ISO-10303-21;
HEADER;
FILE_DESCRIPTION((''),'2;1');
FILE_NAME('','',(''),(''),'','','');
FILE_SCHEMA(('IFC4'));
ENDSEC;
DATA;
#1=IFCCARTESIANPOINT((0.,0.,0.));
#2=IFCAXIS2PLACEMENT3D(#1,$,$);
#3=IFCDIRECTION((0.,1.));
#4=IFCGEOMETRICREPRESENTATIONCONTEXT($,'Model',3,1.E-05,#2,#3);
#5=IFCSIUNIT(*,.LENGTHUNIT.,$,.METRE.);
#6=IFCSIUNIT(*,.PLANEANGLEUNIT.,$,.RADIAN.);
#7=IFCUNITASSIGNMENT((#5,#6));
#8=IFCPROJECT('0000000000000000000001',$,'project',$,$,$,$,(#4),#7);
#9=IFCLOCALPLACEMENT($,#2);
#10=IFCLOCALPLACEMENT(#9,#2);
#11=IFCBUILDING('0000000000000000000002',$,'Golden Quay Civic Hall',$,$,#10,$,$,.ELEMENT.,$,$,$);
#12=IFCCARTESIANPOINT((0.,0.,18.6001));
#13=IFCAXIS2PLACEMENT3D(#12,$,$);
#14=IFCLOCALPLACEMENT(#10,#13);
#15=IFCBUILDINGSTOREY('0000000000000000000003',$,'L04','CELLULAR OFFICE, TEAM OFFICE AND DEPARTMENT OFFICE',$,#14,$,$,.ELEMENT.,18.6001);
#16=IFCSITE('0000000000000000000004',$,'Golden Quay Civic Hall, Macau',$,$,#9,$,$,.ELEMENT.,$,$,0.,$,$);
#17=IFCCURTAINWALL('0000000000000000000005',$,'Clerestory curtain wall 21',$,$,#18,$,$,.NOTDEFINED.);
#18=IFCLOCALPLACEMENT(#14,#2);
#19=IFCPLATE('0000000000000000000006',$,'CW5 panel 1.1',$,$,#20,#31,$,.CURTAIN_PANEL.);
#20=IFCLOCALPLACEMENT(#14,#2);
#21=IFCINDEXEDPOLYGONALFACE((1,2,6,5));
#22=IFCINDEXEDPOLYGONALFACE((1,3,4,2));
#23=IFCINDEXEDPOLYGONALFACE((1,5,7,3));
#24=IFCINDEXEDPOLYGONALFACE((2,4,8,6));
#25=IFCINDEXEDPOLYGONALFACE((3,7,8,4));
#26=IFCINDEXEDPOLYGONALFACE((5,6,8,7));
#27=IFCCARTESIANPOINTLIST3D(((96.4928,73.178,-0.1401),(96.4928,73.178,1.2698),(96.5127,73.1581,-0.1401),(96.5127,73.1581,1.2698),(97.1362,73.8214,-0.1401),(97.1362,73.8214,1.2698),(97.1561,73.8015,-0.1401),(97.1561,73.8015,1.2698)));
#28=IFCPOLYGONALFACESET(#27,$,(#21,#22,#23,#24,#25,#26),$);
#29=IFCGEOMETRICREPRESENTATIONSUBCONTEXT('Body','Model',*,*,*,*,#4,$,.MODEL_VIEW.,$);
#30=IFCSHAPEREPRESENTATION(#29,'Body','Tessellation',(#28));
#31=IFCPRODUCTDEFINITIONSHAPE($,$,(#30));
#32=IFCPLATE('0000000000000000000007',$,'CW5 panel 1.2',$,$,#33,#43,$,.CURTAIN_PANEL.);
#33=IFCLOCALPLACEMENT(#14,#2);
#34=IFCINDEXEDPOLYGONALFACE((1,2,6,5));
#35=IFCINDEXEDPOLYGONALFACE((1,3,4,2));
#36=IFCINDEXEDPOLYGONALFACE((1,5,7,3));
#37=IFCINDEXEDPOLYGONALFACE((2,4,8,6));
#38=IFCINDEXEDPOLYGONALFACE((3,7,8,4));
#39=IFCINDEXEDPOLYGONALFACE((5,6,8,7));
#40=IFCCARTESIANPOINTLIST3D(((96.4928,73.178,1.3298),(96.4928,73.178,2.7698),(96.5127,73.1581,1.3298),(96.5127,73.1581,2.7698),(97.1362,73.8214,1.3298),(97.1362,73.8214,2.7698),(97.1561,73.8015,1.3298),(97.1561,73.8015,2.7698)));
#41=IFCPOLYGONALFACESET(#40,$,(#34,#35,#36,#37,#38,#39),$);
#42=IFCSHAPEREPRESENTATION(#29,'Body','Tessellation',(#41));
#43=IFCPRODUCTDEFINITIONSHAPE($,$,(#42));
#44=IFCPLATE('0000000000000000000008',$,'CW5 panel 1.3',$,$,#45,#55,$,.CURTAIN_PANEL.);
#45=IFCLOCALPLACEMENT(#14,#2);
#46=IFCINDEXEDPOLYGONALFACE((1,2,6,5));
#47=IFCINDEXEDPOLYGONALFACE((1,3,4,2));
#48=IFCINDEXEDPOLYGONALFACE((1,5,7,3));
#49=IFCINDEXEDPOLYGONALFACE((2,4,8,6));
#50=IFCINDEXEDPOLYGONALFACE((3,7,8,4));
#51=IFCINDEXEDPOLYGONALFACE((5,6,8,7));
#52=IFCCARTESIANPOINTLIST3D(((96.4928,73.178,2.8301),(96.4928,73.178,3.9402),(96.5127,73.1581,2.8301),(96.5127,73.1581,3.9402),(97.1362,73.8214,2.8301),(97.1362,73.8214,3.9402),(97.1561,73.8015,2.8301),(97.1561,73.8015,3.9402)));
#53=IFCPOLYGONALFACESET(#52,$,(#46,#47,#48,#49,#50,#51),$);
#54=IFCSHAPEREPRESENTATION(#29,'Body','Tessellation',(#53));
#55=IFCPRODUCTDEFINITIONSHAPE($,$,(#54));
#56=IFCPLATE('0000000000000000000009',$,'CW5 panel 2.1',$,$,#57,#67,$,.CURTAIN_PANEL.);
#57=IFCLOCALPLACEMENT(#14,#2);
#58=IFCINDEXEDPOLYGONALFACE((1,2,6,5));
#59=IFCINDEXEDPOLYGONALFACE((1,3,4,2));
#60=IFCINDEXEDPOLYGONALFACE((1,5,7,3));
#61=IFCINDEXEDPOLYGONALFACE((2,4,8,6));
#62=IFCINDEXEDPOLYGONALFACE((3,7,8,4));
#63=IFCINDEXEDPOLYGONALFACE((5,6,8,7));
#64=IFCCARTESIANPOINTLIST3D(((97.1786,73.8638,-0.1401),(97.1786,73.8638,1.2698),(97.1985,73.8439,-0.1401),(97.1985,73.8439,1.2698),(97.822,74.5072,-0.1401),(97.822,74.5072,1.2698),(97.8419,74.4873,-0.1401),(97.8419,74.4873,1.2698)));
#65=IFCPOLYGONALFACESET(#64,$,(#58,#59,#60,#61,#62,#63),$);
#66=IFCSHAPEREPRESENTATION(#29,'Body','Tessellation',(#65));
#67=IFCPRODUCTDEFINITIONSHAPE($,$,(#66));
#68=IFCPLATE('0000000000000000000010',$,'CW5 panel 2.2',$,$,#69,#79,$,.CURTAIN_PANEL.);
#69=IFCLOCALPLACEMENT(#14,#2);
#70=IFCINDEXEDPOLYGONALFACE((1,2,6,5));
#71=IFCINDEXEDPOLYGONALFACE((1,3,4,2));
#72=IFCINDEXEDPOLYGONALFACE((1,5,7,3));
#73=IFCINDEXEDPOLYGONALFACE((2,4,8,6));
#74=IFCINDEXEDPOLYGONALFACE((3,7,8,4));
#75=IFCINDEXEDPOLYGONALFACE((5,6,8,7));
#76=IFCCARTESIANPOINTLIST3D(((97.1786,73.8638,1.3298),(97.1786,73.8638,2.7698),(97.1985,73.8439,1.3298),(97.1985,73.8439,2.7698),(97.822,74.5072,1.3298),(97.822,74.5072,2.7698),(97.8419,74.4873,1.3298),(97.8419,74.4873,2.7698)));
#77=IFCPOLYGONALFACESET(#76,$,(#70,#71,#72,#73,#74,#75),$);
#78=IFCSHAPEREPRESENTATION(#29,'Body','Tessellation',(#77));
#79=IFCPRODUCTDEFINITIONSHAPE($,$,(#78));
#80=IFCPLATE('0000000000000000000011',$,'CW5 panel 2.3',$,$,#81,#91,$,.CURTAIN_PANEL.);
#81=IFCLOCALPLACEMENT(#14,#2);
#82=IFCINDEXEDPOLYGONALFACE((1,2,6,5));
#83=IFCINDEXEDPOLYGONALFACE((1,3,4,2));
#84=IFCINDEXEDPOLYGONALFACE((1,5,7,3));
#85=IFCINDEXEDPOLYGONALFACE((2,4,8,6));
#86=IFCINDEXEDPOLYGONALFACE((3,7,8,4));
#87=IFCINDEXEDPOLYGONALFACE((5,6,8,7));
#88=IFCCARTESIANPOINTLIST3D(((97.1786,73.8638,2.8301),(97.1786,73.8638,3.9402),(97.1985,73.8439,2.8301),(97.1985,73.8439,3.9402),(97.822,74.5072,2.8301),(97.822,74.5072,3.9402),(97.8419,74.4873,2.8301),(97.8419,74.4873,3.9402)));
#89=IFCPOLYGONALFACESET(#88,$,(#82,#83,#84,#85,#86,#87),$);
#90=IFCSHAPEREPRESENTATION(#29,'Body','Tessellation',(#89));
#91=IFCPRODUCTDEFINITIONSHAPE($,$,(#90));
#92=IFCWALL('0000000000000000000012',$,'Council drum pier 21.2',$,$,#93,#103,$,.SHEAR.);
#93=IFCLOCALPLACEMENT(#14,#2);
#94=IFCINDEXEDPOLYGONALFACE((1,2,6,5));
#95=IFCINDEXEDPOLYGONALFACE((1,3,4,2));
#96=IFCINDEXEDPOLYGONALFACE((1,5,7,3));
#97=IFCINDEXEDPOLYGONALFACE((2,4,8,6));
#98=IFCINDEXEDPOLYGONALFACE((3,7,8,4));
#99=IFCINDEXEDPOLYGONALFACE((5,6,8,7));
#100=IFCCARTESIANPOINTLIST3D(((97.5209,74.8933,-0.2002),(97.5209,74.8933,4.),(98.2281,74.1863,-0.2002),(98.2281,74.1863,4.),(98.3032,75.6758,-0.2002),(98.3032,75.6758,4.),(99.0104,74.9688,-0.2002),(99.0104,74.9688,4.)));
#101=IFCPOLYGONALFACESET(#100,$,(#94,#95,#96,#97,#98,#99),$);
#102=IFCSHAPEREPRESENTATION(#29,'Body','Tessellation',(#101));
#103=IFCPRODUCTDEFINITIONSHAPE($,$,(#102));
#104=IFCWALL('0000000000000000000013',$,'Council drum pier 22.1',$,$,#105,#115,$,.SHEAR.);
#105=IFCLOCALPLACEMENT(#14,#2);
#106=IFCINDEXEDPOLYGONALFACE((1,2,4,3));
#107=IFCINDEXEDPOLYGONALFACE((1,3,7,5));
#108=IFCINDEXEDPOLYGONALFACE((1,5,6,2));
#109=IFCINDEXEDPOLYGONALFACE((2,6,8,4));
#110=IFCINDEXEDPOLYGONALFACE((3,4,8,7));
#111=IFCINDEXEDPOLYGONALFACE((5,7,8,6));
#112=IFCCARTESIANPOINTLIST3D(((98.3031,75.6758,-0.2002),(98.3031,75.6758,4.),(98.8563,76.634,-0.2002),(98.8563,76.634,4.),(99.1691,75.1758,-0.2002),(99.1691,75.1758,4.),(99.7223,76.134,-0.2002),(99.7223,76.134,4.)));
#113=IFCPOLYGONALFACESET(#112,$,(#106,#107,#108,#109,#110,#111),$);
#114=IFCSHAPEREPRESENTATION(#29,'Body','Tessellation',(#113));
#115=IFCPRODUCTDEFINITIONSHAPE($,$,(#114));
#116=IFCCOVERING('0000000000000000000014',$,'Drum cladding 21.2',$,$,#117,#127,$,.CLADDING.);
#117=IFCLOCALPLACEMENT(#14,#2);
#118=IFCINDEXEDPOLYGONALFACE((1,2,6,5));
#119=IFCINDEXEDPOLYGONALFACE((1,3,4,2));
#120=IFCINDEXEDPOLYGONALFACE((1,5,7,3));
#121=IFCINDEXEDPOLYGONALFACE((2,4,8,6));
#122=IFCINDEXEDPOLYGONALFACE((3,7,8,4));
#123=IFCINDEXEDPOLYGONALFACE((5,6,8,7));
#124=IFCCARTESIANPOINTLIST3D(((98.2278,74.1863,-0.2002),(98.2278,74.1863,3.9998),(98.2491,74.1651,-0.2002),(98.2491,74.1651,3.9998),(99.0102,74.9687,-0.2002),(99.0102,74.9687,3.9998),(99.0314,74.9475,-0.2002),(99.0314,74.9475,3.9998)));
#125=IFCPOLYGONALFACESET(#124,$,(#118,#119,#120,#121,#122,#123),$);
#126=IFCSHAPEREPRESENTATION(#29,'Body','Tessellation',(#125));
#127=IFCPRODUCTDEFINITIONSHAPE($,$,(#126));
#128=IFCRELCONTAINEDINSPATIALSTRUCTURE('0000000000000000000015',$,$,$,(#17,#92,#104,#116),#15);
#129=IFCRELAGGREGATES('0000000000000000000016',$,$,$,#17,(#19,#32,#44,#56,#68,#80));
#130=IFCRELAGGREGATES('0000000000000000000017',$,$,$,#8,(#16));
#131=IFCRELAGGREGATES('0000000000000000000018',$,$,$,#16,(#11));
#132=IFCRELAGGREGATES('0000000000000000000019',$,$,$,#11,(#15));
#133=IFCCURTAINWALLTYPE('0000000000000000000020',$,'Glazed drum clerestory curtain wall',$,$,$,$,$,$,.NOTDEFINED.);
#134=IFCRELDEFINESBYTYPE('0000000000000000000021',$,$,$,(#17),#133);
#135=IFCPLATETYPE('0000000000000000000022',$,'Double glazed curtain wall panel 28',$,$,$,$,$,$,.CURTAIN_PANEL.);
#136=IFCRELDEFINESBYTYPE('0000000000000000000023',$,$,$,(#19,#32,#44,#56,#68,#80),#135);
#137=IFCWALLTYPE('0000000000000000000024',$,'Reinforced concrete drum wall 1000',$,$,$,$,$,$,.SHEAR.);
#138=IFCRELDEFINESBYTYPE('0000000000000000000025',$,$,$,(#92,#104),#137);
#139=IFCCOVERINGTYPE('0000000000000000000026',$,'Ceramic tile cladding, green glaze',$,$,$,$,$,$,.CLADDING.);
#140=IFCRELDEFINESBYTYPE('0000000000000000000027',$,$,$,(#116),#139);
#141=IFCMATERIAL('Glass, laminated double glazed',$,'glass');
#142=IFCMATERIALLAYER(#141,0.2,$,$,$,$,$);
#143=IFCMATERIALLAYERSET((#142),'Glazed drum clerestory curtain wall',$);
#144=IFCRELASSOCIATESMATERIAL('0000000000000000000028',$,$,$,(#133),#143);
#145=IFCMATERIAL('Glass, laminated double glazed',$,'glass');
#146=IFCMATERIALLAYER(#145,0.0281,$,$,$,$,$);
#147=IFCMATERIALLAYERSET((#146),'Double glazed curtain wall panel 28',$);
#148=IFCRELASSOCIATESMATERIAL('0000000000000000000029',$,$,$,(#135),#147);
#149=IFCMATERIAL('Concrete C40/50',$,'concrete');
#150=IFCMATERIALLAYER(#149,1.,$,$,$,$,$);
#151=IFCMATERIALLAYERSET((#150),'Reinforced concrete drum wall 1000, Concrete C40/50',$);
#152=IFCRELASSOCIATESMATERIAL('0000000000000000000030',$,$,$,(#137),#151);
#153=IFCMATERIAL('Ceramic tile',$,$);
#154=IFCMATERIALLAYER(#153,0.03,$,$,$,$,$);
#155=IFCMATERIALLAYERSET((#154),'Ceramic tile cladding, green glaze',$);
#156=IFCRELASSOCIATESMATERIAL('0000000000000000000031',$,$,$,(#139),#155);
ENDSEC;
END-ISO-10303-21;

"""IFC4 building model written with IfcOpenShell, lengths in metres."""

from ifc_helpers import new_model, si_unit, direction, frame, frame_2d, origin, origin_2d, place, context, subcontext, project, spatial, rectangle, extrude, material, layer, layer_set, type_object, element, aggregate, save


model = new_model("IFC4")

# Units and contexts
model_context = context("Model", 3, precision=1e-05, world=origin(), true_north=direction((0.0, 1.0)))
body_context = subcontext(model_context, "Body", "Model", "MODEL_VIEW")
ifc_project = project(units=[si_unit("LENGTHUNIT", "METRE"), si_unit("PLANEANGLEUNIT", "RADIAN")], contexts=[model_context])

# Site, building, storey
site_placement = place(None, origin())
site = spatial("IfcSite", under=ifc_project, at=site_placement, Name="Golden Quay Civic Hall, Macau", CompositionType="ELEMENT", RefElevation=0.0)
building_placement = place(site_placement, origin())
building = spatial("IfcBuilding", under=site, at=building_placement, Name="Golden Quay Civic Hall", CompositionType="ELEMENT")
storey_placement = place(building_placement, frame((0.0, 0.0, 18.6001)))
storey = spatial("IfcBuildingStorey", under=building, at=storey_placement, Name="L04", Description="CELLULAR OFFICE, TEAM OFFICE AND DEPARTMENT OFFICE", CompositionType="ELEMENT", Elevation=18.6001)

# Curtain wall
ifc_material_1 = material(Name="Glass, laminated double glazed", Category="glass")
ifc_layer_1 = layer(ifc_material_1, 0.2)
ifc_layer_set_1 = layer_set([ifc_layer_1], Name="Glazed drum clerestory curtain wall")
curtain_wall_type = type_object("IfcCurtainWallType", Name="Glazed drum clerestory curtain wall", PredefinedType="NOTDEFINED", material=ifc_layer_set_1)
curtain_wall_1_placement = place(storey_placement, origin())
curtain_wall_1 = element("IfcCurtainWall", 1, at=curtain_wall_1_placement, inside=storey, type_object=curtain_wall_type, Name="Clerestory curtain wall 21", PredefinedType="NOTDEFINED")

# Plates
ifc_material_2 = material(Name="Glass, laminated double glazed", Category="glass")
ifc_layer_2 = layer(ifc_material_2, 0.0281)
ifc_layer_set_2 = layer_set([ifc_layer_2], Name="Double glazed curtain wall panel 28")
plate_type = type_object("IfcPlateType", Name="Double glazed curtain wall panel 28", PredefinedType="CURTAIN_PANEL", material=ifc_layer_set_2)
plate_1_placement = place(storey_placement, frame((96.8245, 73.4897, -0.1401), z_axis=(0.0, 0.0, 1.0), x_axis=(0.707107, 0.707107, 0.0)))
plate_1 = element("IfcPlate", 2, at=plate_1_placement, type_object=plate_type, Name="CW5 panel 1.1", PredefinedType="CURTAIN_PANEL", context=body_context, shape_type="SweptSolid", body=[
    extrude(rectangle(XDim=0.9099, YDim=0.0281, at=origin_2d()), origin(), (0.0, 0.0, 1.0), 1.4099),
])
plate_2_placement = place(storey_placement, frame((96.8245, 73.4897, 1.3298), z_axis=(0.0, 0.0, 1.0), x_axis=(0.707107, 0.707107, 0.0)))
plate_2 = element("IfcPlate", 3, at=plate_2_placement, type_object=plate_type, Name="CW5 panel 1.2", PredefinedType="CURTAIN_PANEL", context=body_context, shape_type="SweptSolid", body=[
    extrude(rectangle(XDim=0.9099, YDim=0.0281, at=origin_2d()), origin(), (0.0, 0.0, 1.0), 1.4399),
])
plate_3_placement = place(storey_placement, frame((96.8245, 73.4897, 2.8301), z_axis=(0.0, 0.0, 1.0), x_axis=(0.707107, 0.707107, 0.0)))
plate_3 = element("IfcPlate", 4, at=plate_3_placement, type_object=plate_type, Name="CW5 panel 1.3", PredefinedType="CURTAIN_PANEL", context=body_context, shape_type="SweptSolid", body=[
    extrude(rectangle(XDim=0.9099, YDim=0.0281, at=origin_2d()), origin(), (0.0, 0.0, 1.0), 1.1101),
])
plate_4_placement = place(storey_placement, frame((97.5103, 74.1755, -0.1401), z_axis=(0.0, 0.0, 1.0), x_axis=(0.707107, 0.707107, 0.0)))
plate_4 = element("IfcPlate", 5, at=plate_4_placement, type_object=plate_type, Name="CW5 panel 2.1", PredefinedType="CURTAIN_PANEL", context=body_context, shape_type="SweptSolid", body=[
    extrude(rectangle(XDim=0.9099, YDim=0.0281, at=origin_2d()), origin(), (0.0, 0.0, 1.0), 1.4099),
])
plate_5_placement = place(storey_placement, frame((97.5103, 74.1755, 1.3298), z_axis=(0.0, 0.0, 1.0), x_axis=(0.707107, 0.707107, 0.0)))
plate_5 = element("IfcPlate", 6, at=plate_5_placement, type_object=plate_type, Name="CW5 panel 2.2", PredefinedType="CURTAIN_PANEL", context=body_context, shape_type="SweptSolid", body=[
    extrude(rectangle(XDim=0.9099, YDim=0.0281, at=origin_2d()), origin(), (0.0, 0.0, 1.0), 1.4399),
])
plate_6_placement = place(storey_placement, frame((97.5103, 74.1755, 2.8301), z_axis=(0.0, 0.0, 1.0), x_axis=(0.707107, 0.707107, 0.0)))
plate_6 = element("IfcPlate", 7, at=plate_6_placement, type_object=plate_type, Name="CW5 panel 2.3", PredefinedType="CURTAIN_PANEL", context=body_context, shape_type="SweptSolid", body=[
    extrude(rectangle(XDim=0.9099, YDim=0.0281, at=origin_2d()), origin(), (0.0, 0.0, 1.0), 1.1101),
])
aggregate(curtain_wall_1, [plate_1, plate_2, plate_3, plate_4, plate_5, plate_6])

# Walls
ifc_material_3 = material(Name="Concrete C40/50", Category="concrete")
ifc_layer_3 = layer(ifc_material_3, 1.0)
ifc_layer_set_3 = layer_set([ifc_layer_3], Name="Reinforced concrete drum wall 1000, Concrete C40/50")
wall_type = type_object("IfcWallType", Name="Reinforced concrete drum wall 1000", PredefinedType="SHEAR", material=ifc_layer_set_3)
for number, where, z_axis, x_axis, name in (
    (8, (97.8745, 74.5398, -0.2002), (0.0, 0.0, 1.0), (0.706996, 0.707217, 0.0), "Council drum pier 21.2"),
    (9, (98.7361, 75.4258, -0.2002), (0.0, 0.0, 1.0), (0.499983, 0.866035, 0.0), "Council drum pier 22.1"),
):
    element("IfcWall", number, at=place(storey_placement, frame(where, z_axis=z_axis, x_axis=x_axis)), inside=storey, type_object=wall_type, Name=name, PredefinedType="SHEAR", context=body_context, shape_type="SweptSolid", body=[
        extrude(rectangle(XDim=1.1064, YDim=1.0, at=frame_2d((0.5532, 0.0))), origin(), (0.0, 0.0, 1.0), 4.2002),
    ])

# Covering
ifc_material_4 = material(Name="Ceramic tile")
ifc_layer_4 = layer(ifc_material_4, 0.03)
ifc_layer_set_4 = layer_set([ifc_layer_4], Name="Ceramic tile cladding, green glaze")
covering_type = type_object("IfcCoveringType", Name="Ceramic tile cladding, green glaze", PredefinedType="CLADDING", material=ifc_layer_set_4)
covering_placement = place(storey_placement, frame((98.6296, 74.5669, -0.2002), z_axis=(0.0, 0.0, 1.0), x_axis=(0.707107, 0.707107, 0.0)))
element("IfcCovering", 10, at=covering_placement, inside=storey, type_object=covering_type, Name="Drum cladding 21.2", PredefinedType="CLADDING", context=body_context, shape_type="SweptSolid", body=[
    extrude(rectangle(XDim=1.1064, YDim=0.03, at=origin_2d()), origin(), (0.0, 0.0, 1.0), 4.2),
])

save(model, "model.ifc")
